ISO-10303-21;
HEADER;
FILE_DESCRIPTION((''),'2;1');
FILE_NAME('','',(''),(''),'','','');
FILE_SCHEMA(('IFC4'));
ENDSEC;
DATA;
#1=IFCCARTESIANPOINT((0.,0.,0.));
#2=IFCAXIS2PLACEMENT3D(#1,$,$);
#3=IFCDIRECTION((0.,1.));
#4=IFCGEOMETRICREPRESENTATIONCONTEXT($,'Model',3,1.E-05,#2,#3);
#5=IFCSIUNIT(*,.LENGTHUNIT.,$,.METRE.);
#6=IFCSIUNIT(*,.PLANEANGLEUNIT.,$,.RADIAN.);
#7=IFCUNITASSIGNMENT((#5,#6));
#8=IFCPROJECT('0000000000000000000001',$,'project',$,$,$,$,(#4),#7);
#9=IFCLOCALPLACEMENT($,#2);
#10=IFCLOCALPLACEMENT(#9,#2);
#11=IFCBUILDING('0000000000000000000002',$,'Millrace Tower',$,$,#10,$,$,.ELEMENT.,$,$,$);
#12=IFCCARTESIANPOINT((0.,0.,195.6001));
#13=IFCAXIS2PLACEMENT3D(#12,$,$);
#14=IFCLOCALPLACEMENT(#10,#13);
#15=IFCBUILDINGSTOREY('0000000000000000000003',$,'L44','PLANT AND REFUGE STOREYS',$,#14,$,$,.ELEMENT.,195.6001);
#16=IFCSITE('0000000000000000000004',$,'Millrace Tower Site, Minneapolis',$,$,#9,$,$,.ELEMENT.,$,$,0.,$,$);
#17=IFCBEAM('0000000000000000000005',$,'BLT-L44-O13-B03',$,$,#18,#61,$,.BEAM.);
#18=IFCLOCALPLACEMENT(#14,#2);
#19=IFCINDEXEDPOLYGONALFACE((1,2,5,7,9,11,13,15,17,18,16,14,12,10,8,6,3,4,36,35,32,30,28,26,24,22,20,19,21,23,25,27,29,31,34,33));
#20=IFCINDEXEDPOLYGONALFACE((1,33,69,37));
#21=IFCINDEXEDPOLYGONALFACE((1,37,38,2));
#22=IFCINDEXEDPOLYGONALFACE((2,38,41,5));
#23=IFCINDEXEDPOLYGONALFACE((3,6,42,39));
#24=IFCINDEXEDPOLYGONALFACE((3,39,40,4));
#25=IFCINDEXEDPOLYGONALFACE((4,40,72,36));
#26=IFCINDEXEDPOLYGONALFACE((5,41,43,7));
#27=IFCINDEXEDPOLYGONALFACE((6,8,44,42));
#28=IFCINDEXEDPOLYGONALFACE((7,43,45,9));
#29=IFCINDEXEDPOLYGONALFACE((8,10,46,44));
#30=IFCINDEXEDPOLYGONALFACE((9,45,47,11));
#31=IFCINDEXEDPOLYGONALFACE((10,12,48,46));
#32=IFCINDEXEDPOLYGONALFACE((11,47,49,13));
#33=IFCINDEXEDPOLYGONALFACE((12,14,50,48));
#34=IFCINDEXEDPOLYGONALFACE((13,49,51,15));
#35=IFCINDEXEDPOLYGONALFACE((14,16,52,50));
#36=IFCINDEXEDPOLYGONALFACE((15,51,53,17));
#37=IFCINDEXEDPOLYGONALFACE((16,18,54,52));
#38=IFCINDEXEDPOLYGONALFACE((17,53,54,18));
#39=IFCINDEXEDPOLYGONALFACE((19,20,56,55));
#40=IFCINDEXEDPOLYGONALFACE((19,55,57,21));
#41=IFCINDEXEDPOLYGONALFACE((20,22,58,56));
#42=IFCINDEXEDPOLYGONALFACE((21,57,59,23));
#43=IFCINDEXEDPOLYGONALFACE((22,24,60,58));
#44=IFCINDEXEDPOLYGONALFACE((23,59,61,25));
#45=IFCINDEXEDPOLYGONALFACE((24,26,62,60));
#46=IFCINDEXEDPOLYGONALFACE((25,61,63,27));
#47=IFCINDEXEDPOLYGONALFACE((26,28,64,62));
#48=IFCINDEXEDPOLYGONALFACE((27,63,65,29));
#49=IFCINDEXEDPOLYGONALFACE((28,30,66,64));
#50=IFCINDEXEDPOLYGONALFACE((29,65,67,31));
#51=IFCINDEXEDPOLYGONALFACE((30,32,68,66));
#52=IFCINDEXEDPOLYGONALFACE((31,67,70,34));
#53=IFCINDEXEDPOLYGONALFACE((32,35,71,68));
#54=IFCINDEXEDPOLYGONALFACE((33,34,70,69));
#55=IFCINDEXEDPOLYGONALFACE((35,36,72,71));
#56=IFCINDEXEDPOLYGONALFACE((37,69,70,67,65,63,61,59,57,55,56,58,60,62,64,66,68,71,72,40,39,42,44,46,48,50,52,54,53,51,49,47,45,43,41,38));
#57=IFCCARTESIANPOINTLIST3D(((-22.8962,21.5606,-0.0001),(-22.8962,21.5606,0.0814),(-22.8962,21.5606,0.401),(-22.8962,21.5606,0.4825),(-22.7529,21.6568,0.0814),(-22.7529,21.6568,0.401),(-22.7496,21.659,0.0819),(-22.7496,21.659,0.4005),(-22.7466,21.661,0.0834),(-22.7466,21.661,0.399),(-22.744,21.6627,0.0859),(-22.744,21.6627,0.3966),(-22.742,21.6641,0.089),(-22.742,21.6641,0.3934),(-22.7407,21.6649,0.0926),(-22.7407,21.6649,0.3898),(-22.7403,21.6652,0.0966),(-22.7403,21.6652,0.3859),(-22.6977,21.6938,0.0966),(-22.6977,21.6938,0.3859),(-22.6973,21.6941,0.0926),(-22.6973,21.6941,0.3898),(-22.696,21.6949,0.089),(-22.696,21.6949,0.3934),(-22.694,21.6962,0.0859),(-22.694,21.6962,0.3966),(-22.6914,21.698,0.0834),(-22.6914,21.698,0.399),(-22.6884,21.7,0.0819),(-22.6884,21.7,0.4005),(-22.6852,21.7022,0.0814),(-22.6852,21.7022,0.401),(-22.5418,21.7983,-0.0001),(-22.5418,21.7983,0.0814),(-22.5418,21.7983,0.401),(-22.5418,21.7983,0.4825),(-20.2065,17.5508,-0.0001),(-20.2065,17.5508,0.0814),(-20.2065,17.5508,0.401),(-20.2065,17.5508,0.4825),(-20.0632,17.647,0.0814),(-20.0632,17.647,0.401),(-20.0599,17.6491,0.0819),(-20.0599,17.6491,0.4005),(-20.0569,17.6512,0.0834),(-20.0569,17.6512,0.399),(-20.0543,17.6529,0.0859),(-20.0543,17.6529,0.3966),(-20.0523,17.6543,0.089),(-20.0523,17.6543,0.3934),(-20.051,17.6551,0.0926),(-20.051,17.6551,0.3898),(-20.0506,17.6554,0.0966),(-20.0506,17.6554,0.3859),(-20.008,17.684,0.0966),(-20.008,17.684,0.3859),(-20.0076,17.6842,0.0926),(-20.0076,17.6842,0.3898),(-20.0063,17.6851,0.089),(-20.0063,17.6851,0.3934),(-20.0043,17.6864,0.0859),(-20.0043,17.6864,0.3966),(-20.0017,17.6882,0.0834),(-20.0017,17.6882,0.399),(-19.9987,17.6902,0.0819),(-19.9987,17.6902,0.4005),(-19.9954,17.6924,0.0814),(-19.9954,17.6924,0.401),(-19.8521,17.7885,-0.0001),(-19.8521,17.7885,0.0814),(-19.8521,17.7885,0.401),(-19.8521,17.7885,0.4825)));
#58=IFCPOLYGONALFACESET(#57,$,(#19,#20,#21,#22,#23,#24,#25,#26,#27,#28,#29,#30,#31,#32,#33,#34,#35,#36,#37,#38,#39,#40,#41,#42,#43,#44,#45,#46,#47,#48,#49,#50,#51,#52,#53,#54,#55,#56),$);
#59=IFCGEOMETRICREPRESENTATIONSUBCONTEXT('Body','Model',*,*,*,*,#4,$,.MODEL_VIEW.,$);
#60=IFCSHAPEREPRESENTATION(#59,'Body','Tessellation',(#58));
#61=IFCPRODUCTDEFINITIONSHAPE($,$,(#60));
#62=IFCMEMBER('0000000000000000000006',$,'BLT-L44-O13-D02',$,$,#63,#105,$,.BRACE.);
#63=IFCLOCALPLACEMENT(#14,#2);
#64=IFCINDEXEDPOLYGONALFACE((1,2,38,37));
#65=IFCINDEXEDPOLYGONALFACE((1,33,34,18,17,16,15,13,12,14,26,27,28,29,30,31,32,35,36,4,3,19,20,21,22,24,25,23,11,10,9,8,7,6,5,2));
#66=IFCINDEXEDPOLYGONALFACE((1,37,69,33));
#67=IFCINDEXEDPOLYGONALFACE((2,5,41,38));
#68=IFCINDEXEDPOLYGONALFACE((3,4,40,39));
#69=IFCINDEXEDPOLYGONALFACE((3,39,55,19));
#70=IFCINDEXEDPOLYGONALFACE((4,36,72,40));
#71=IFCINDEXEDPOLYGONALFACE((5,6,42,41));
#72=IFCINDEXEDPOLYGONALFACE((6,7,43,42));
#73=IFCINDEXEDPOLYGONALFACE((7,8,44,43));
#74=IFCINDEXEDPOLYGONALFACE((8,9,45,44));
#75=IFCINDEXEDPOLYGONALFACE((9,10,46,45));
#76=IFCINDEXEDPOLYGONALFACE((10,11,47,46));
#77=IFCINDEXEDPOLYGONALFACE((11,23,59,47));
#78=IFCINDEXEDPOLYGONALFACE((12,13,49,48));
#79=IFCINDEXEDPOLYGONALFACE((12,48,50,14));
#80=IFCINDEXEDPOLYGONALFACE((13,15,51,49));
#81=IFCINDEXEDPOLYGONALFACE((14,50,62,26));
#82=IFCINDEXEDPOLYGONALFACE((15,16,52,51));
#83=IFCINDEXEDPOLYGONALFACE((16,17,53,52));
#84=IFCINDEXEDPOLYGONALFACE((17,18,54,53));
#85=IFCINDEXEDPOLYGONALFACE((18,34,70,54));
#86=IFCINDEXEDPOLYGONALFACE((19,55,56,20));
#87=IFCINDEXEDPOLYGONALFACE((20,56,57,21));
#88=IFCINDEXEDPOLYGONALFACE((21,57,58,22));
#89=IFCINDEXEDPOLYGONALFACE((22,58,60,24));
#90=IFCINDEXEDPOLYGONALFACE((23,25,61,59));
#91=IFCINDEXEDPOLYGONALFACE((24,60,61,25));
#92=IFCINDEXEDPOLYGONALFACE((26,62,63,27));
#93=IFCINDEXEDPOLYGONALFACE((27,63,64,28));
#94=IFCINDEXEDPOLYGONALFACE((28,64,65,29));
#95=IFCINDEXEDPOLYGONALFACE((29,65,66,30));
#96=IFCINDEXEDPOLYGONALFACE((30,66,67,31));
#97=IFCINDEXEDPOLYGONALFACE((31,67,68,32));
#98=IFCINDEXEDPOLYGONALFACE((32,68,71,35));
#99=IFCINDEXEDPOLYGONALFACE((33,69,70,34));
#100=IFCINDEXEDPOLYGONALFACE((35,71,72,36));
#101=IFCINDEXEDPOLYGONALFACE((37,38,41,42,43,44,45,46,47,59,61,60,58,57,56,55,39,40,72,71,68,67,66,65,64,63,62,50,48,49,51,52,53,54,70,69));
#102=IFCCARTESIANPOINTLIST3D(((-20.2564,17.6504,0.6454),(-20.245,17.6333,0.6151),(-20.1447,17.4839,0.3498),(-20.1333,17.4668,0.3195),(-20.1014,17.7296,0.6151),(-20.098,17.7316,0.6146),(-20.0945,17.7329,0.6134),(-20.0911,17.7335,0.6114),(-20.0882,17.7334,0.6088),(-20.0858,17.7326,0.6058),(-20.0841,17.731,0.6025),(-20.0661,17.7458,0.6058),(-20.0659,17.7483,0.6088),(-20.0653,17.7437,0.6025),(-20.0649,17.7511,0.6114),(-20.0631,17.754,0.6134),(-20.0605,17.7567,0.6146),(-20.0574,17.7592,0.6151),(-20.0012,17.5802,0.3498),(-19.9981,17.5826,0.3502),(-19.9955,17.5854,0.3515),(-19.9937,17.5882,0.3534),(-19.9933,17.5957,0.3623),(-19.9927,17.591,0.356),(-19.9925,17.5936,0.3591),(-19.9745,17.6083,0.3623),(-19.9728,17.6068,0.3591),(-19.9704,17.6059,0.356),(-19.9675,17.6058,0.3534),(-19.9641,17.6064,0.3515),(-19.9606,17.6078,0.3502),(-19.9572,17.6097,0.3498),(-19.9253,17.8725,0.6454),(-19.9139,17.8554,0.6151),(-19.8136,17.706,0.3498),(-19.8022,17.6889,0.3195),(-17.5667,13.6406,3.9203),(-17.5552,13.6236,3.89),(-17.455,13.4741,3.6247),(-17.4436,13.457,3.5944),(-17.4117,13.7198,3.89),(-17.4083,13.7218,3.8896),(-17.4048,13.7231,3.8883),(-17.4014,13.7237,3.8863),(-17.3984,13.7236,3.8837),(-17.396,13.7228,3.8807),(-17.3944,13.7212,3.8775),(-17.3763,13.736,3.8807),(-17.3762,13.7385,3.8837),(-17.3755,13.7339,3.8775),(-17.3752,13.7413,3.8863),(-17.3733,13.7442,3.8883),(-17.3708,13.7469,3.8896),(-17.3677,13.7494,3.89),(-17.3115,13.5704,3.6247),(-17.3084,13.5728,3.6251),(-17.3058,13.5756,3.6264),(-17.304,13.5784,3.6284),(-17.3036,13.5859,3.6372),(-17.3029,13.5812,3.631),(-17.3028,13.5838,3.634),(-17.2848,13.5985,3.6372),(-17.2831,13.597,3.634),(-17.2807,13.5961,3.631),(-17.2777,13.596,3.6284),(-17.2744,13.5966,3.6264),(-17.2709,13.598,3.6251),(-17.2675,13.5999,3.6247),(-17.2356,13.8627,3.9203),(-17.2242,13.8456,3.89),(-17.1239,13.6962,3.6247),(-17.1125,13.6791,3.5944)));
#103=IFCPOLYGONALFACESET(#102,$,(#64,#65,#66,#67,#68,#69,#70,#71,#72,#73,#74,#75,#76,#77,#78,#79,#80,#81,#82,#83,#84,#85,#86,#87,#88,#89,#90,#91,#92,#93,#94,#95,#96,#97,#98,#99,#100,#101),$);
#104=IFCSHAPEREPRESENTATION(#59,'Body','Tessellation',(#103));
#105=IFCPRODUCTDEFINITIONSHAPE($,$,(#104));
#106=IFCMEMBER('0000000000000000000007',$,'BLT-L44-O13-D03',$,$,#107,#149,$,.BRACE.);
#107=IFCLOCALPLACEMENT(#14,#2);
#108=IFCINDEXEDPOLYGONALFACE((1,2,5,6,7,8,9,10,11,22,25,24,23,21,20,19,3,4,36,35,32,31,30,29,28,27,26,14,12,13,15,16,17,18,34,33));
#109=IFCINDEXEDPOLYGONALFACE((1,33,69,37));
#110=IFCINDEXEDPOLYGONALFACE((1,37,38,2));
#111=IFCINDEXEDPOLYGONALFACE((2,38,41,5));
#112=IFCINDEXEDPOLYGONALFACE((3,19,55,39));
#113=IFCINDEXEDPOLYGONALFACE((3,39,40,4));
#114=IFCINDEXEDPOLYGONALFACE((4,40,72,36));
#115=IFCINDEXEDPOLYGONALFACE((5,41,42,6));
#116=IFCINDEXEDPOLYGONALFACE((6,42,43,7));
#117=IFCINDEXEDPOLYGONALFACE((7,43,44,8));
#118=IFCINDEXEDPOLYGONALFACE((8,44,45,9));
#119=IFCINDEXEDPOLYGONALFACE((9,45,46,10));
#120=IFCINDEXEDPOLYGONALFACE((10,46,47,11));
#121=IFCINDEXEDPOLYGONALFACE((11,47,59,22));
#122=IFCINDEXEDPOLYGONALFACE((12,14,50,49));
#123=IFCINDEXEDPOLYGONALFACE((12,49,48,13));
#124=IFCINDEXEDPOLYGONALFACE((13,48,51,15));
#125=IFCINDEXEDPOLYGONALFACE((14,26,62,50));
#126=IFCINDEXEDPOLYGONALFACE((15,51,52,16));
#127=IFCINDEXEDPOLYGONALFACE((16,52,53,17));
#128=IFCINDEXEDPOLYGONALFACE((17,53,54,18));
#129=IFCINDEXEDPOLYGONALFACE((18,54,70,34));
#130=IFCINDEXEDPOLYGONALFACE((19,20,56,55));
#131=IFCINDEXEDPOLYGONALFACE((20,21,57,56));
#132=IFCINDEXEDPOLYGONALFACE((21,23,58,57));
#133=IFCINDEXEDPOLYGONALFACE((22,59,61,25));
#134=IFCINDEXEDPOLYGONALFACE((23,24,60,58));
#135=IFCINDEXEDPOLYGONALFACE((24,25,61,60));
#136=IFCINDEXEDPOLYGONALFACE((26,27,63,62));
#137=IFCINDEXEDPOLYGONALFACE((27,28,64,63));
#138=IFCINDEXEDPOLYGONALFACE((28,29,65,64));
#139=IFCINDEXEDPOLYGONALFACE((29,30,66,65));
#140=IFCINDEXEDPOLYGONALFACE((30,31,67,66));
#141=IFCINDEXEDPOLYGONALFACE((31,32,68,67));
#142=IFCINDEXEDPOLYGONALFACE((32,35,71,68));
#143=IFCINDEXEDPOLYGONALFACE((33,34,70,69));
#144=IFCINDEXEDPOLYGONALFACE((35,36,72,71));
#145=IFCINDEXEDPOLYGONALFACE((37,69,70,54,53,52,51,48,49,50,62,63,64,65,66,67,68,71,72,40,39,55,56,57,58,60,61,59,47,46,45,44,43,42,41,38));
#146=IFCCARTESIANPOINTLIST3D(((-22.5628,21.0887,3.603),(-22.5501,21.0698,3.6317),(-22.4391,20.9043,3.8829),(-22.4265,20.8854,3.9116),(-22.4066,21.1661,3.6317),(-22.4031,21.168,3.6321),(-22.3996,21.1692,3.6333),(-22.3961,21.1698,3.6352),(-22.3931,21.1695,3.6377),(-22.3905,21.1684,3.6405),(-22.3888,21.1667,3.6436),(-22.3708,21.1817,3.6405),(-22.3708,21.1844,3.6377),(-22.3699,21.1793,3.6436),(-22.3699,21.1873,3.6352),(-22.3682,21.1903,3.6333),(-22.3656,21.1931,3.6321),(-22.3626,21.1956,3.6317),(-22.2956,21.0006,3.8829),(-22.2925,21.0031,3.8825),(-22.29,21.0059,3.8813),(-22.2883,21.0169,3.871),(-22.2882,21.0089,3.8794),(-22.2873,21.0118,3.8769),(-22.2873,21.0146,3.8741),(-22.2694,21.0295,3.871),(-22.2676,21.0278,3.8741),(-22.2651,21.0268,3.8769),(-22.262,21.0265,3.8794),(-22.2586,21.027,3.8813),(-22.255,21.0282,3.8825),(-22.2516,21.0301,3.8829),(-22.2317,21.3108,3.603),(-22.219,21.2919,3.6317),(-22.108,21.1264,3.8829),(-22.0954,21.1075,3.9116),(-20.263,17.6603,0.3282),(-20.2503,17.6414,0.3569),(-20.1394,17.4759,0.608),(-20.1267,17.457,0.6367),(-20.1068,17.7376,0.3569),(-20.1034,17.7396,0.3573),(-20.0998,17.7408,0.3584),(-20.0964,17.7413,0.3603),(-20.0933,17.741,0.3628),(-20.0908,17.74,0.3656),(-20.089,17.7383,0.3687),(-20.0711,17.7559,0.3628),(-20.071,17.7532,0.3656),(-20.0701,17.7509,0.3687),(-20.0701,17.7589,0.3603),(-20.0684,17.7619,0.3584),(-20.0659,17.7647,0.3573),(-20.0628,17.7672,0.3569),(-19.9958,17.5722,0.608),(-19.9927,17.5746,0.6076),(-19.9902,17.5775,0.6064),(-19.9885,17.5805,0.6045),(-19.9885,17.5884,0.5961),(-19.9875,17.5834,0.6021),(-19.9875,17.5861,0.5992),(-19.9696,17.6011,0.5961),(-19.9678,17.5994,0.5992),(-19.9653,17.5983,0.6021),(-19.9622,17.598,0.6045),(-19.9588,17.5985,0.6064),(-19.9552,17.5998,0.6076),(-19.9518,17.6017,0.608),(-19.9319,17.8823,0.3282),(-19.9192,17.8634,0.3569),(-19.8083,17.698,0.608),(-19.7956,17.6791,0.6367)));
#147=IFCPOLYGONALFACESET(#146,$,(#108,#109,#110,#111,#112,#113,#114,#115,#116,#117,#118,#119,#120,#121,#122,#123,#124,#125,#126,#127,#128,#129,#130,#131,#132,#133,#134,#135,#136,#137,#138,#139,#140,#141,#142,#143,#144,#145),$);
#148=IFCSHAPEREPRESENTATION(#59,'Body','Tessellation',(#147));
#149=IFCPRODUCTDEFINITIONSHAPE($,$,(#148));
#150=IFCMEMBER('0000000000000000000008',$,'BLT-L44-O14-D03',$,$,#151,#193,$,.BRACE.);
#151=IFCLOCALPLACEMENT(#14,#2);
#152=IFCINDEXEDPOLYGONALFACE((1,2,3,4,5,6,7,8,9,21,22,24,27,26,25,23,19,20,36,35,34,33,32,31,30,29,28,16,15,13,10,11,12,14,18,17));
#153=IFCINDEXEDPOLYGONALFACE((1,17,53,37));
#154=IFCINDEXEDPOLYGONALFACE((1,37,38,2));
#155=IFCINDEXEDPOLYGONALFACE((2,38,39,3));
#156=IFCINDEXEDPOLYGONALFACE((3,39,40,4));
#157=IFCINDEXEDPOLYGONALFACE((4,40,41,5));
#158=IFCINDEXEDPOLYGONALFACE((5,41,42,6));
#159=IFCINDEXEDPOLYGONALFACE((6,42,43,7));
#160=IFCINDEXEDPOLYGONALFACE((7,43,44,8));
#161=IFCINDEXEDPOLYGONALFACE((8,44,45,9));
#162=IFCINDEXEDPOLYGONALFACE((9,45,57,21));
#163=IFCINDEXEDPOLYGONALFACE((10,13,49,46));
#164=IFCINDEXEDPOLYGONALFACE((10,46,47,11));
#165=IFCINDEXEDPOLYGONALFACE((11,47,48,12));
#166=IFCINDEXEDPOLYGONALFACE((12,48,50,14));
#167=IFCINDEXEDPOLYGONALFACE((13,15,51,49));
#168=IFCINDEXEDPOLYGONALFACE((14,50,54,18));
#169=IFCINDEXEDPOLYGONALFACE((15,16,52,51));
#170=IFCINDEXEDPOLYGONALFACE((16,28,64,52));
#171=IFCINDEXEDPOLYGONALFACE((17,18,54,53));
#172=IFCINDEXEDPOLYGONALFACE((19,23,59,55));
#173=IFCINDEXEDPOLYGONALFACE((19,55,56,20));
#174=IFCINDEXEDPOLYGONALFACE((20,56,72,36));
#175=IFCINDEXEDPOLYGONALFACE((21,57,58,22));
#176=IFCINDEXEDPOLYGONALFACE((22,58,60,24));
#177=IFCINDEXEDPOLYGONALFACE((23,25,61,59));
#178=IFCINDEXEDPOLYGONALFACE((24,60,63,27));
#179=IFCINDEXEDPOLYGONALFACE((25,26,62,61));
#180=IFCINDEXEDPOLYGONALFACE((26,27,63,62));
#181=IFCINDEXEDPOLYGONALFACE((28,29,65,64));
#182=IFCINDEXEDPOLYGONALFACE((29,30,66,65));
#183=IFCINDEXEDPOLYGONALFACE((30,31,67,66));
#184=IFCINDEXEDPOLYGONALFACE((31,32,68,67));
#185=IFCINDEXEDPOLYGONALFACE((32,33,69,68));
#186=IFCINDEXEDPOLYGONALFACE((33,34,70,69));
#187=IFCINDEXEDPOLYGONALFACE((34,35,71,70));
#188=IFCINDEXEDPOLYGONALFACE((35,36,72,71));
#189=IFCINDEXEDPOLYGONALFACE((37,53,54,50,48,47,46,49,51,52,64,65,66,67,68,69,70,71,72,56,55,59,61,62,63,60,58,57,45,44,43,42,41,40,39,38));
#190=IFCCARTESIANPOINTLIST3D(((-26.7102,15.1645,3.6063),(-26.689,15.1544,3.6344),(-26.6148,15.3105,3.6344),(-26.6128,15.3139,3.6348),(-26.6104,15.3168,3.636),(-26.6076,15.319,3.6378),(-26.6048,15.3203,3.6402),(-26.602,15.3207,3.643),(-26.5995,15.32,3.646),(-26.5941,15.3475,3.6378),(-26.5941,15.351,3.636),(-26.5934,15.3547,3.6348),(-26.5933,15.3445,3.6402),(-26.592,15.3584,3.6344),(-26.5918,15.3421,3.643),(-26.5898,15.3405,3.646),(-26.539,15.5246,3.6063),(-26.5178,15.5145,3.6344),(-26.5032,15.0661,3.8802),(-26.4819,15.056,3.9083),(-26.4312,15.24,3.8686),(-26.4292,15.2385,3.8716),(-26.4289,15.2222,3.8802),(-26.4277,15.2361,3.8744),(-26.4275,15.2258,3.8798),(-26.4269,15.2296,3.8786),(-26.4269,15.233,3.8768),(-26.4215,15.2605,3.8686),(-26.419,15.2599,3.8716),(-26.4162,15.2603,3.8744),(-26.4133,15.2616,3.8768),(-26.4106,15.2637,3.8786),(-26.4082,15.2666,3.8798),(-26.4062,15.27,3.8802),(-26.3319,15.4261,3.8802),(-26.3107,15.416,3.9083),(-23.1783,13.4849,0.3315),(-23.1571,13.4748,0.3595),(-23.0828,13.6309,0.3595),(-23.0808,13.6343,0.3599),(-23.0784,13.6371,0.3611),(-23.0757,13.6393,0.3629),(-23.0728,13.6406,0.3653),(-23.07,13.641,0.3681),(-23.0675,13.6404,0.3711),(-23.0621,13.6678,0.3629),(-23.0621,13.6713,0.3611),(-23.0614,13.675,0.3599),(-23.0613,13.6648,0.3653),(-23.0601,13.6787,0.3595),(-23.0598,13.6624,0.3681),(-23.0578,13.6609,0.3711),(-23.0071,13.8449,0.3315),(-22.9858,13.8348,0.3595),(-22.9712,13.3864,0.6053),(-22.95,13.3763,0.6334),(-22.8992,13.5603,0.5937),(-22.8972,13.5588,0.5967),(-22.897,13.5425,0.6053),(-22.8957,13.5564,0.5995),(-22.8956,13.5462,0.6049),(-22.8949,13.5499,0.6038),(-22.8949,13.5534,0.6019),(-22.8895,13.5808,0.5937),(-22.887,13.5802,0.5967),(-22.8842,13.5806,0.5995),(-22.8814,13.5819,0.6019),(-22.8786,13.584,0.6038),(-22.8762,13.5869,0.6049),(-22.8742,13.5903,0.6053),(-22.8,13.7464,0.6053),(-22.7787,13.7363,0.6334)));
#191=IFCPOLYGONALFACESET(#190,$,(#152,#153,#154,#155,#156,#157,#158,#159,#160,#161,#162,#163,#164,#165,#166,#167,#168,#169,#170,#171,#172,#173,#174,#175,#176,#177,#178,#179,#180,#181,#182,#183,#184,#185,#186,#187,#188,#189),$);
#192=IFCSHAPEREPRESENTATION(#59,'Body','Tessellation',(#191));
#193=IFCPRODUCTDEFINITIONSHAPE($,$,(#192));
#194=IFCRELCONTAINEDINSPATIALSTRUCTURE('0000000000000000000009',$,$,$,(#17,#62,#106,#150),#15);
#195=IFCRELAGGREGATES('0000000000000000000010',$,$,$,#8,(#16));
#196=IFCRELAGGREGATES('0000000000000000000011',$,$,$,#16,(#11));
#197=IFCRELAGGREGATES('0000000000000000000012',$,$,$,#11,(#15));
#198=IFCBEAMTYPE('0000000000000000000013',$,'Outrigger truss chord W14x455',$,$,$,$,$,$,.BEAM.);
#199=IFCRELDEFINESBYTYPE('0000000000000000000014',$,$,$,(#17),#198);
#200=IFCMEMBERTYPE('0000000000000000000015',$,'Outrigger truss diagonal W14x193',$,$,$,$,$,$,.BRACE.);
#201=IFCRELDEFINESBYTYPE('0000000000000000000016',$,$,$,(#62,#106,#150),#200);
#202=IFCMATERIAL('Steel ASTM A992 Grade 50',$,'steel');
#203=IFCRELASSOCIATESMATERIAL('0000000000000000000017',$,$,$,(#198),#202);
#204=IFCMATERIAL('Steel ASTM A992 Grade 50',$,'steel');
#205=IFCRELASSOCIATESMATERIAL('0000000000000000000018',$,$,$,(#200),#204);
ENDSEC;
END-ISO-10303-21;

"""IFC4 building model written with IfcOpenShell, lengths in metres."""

from ifc_helpers import new_model, si_unit, direction, frame, origin, origin_2d, place, context, subcontext, project, spatial, i_section, extrude, material, material_profile, profile_set, type_object, element, save


model = new_model("IFC4")

# Units and contexts
model_context = context("Model", 3, precision=1e-05, world=origin(), true_north=direction((0.0, 1.0)))
body_context = subcontext(model_context, "Body", "Model", "MODEL_VIEW")
ifc_project = project(units=[si_unit("LENGTHUNIT", "METRE"), si_unit("PLANEANGLEUNIT", "RADIAN")], contexts=[model_context])

# Site, building, storey
site_placement = place(None, origin())
site = spatial("IfcSite", under=ifc_project, at=site_placement, Name="Millrace Tower Site, Minneapolis", CompositionType="ELEMENT", RefElevation=0.0)
building_placement = place(site_placement, origin())
building = spatial("IfcBuilding", under=site, at=building_placement, Name="Millrace Tower", CompositionType="ELEMENT")
storey_placement = place(building_placement, frame((0.0, 0.0, 195.6001)))
storey = spatial("IfcBuildingStorey", under=building, at=storey_placement, Name="L44", Description="PLANT AND REFUGE STOREYS", CompositionType="ELEMENT", Elevation=195.6001)

# Beam
ifc_material_1 = material(Name="Steel ASTM A992 Grade 50", Category="steel")
ifc_material_profile_1 = material_profile(ifc_material_1, i_section(OverallWidth=0.4268, OverallDepth=0.4827, WebThickness=0.0513, FlangeThickness=0.0815, FilletRadius=0.0151, at=origin_2d()))
ifc_profile_set_1 = profile_set([ifc_material_profile_1], Name="Steel ASTM A992 Grade 50")
beam_type_1 = type_object("IfcBeamType", Name="Outrigger truss chord W14x455", PredefinedType="BEAM", material=ifc_profile_set_1)
for number, where, z_axis, x_axis, name in (
    (1, (-20.0293, 17.6697, 0.2412), (-0.557067, 0.830468, 0.0), (-0.830468, -0.557067, 0.0), "BLT-L44-O13-B03"),
):
    element("IfcBeam", number, at=place(storey_placement, frame(where, z_axis=z_axis, x_axis=x_axis)), inside=storey, type_object=beam_type_1, Name=name, PredefinedType="BEAM", context=body_context, shape_type="SweptSolid", body=[
        extrude(i_section(OverallWidth=0.4268, OverallDepth=0.4827, WebThickness=0.0513, FlangeThickness=0.0815, FilletRadius=0.0151, at=origin_2d()), origin(), (0.0, 0.0, 1.0), 4.8284),
    ])

# Members
ifc_material_2 = material(Name="Steel ASTM A992 Grade 50", Category="steel")
ifc_material_profile_2 = material_profile(ifc_material_2, i_section(OverallWidth=0.3987, OverallDepth=0.3938, WebThickness=0.0227, FlangeThickness=0.0366, FilletRadius=0.0151, at=origin_2d()))
ifc_profile_set_2 = profile_set([ifc_material_profile_2], Name="Steel ASTM A992 Grade 50")
member_type_1 = type_object("IfcMemberType", Name="Outrigger truss diagonal W14x193", PredefinedType="BRACE", material=ifc_profile_set_2)
member_1_placement = place(storey_placement, frame((-20.0293, 17.6697, 0.4824), z_axis=(0.461024, -0.687288, 0.56133), x_axis=(0.830468, 0.557067, 0.0)))
element("IfcMember", 2, at=member_1_placement, inside=storey, type_object=member_type_1, Name="BLT-L44-O13-D02", PredefinedType="BRACE", context=body_context, shape_type="SweptSolid", body=[
    extrude(i_section(OverallWidth=0.3987, OverallDepth=0.3938, WebThickness=0.0227, FlangeThickness=0.0366, FilletRadius=0.0151, at=origin_2d()), origin(), (0.0, 0.0, 1.0), 5.8342),
])
member_2_placement = place(storey_placement, frame((-20.0293, 17.6697, 0.4824), z_axis=(-0.43643, 0.650615, 0.621473), x_axis=(-0.830464, -0.557073, 0.0)))
element("IfcMember", 3, at=member_2_placement, inside=storey, type_object=member_type_1, Name="BLT-L44-O13-D03", PredefinedType="BRACE", context=body_context, shape_type="SweptSolid", body=[
    extrude(i_section(OverallWidth=0.3987, OverallDepth=0.3938, WebThickness=0.0227, FlangeThickness=0.0366, FilletRadius=0.0151, at=origin_2d()), origin(), (0.0, 0.0, 1.0), 5.2695),
])
member_3_placement = place(storey_placement, frame((-22.9785, 13.6106, 0.4824), z_axis=(-0.692396, 0.329279, 0.641999), x_axis=(-0.429473, -0.90308, 0.0)))
element("IfcMember", 4, at=member_3_placement, inside=storey, type_object=member_type_1, Name="BLT-L44-O14-D03", PredefinedType="BRACE", context=body_context, shape_type="SweptSolid", body=[
    extrude(i_section(OverallWidth=0.3987, OverallDepth=0.3938, WebThickness=0.0227, FlangeThickness=0.0366, FilletRadius=0.0151, at=origin_2d()), origin(), (0.0, 0.0, 1.0), 5.1011),
])

save(model, "model.ifc")
